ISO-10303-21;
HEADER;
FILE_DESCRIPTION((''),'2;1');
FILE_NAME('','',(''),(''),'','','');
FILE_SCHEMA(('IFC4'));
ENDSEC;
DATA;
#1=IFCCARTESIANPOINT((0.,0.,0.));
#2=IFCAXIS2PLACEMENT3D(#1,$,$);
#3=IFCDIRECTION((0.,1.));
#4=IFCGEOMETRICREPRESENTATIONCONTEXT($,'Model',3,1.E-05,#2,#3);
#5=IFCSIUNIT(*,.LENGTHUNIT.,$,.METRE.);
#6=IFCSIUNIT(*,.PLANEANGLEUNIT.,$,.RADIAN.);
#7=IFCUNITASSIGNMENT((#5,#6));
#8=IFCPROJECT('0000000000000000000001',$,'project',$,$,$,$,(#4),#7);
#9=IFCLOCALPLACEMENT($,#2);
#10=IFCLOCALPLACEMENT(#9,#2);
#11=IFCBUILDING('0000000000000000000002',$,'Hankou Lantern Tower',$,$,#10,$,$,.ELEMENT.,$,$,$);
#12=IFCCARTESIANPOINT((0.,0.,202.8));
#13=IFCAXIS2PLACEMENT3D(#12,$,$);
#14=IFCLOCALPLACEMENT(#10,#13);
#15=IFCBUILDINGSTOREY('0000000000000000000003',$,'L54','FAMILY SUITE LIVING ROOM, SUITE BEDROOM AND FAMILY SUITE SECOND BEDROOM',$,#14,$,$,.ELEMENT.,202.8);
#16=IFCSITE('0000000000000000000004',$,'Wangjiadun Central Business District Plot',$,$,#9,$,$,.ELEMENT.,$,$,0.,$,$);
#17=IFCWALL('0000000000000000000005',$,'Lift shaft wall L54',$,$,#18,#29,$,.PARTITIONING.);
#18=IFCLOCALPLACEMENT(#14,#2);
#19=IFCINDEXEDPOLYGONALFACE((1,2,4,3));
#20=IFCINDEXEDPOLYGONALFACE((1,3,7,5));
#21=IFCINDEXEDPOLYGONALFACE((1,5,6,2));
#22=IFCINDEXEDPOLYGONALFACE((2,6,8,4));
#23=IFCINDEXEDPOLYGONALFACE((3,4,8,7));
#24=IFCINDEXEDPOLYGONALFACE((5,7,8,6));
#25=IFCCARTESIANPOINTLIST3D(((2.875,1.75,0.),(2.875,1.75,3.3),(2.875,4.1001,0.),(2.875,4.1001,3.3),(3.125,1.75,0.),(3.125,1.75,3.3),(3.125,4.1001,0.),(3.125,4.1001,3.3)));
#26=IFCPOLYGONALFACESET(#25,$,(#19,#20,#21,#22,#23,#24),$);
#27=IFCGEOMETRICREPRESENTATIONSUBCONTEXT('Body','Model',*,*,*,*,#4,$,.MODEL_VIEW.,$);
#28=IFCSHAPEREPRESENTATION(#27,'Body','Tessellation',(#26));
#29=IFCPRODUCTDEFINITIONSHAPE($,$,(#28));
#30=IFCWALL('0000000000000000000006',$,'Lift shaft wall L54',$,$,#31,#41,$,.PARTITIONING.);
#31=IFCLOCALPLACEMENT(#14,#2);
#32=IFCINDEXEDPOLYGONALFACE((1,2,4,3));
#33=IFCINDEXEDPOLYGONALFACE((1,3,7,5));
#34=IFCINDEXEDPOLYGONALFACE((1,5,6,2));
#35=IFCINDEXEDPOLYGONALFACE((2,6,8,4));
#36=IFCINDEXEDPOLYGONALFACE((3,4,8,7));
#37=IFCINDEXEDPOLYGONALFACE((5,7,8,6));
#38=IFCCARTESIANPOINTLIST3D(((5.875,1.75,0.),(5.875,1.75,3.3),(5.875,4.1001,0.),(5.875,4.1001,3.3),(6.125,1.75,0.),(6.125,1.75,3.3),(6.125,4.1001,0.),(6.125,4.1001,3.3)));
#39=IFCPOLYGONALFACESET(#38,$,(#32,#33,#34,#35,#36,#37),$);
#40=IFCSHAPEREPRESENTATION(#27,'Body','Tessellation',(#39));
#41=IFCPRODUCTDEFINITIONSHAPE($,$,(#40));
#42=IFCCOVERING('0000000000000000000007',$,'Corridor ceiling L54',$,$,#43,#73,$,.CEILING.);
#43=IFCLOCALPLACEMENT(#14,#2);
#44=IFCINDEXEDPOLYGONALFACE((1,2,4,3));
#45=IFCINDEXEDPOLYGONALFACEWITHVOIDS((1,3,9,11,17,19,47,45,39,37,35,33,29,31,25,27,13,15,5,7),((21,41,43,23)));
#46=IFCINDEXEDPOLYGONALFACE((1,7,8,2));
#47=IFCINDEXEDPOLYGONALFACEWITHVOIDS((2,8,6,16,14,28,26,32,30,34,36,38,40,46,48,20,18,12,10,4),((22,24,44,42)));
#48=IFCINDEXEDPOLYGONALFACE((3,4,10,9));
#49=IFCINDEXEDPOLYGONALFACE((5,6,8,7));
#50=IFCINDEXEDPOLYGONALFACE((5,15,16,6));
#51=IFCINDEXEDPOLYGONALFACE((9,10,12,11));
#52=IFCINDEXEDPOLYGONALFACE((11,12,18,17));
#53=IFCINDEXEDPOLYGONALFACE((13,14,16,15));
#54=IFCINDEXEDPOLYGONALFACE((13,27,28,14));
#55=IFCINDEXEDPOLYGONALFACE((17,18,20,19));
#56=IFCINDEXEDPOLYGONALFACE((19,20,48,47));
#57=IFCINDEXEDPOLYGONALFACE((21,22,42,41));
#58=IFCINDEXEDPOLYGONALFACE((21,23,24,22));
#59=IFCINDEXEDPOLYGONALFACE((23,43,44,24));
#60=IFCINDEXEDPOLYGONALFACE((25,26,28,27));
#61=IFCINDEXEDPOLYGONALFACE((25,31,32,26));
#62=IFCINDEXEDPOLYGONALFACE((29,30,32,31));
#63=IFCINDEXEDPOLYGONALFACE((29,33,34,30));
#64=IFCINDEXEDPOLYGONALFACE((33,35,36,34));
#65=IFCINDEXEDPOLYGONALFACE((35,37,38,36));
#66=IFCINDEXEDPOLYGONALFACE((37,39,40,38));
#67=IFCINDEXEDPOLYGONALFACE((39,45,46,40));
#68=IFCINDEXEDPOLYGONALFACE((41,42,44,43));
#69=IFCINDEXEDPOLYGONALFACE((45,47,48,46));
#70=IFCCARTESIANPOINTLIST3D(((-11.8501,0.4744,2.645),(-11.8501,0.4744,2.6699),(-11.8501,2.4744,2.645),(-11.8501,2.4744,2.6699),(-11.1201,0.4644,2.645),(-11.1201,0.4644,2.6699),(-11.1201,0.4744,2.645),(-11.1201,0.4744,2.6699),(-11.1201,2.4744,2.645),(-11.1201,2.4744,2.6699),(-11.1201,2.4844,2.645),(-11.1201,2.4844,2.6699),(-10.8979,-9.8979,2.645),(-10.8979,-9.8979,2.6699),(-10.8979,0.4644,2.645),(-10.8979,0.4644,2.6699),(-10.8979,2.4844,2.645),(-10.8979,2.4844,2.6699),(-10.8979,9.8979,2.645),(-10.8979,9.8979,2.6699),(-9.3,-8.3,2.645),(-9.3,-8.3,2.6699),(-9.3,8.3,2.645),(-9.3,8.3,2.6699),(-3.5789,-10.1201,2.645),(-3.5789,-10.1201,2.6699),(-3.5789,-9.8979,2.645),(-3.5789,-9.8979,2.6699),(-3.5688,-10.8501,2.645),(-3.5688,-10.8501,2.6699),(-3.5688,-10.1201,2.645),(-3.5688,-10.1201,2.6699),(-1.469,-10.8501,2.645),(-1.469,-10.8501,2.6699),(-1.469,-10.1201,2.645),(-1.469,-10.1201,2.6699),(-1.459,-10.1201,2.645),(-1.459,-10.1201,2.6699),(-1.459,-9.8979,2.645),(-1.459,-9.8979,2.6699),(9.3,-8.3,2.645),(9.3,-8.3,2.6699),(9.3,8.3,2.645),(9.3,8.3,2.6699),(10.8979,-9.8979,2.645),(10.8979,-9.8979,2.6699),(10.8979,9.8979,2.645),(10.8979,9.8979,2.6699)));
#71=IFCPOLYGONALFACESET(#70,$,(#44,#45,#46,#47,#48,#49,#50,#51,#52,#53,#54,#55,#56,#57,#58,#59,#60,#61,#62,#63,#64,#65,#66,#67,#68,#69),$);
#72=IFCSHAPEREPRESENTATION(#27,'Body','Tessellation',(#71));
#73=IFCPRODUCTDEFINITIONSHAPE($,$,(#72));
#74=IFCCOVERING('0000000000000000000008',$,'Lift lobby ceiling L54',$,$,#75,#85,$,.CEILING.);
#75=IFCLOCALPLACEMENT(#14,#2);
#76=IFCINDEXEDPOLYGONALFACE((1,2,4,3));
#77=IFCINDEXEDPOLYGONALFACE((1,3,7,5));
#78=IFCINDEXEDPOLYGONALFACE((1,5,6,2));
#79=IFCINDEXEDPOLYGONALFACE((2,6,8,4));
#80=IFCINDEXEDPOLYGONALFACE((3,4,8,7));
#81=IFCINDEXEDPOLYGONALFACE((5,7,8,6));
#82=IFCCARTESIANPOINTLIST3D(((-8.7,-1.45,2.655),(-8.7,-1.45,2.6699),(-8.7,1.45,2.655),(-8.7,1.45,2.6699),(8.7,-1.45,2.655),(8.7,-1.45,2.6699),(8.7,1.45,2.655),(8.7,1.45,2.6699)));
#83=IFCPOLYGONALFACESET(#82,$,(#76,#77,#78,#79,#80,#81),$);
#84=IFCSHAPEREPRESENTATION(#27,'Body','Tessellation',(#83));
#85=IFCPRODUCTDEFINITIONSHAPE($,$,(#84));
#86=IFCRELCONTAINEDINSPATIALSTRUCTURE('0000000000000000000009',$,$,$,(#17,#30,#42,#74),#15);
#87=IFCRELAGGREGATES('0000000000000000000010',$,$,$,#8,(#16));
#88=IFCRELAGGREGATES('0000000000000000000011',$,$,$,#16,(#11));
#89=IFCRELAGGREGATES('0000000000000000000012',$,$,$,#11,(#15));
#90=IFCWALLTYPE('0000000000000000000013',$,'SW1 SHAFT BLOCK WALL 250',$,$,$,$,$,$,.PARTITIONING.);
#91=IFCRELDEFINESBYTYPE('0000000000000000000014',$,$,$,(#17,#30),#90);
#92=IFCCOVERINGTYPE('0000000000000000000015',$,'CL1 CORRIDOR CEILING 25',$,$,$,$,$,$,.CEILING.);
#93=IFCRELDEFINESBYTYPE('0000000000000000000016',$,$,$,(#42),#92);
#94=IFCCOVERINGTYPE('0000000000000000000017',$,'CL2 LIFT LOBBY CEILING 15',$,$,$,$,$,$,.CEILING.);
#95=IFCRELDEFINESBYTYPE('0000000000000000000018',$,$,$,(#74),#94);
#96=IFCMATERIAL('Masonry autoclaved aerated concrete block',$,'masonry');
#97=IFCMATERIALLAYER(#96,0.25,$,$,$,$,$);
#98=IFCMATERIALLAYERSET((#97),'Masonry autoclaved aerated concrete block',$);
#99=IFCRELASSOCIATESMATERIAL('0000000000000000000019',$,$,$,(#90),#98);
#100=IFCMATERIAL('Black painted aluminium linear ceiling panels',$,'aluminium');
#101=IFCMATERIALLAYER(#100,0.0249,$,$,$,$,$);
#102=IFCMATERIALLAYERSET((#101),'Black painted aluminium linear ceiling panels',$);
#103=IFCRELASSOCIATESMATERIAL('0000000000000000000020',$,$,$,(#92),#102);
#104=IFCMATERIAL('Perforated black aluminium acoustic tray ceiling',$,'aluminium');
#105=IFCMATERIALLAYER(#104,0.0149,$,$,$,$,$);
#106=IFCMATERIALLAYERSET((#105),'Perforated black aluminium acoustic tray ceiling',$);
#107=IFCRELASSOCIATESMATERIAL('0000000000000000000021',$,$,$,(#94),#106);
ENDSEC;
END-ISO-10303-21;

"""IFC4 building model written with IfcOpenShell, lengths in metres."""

from ifc_helpers import new_model, si_unit, direction, frame, frame_2d, origin, place, context, subcontext, project, spatial, polyline, rectangle, outline, extrude, material, layer, layer_set, type_object, element, save


model = new_model("IFC4")

# Units and contexts
model_context = context("Model", 3, precision=1e-05, world=origin(), true_north=direction((0.0, 1.0)))
body_context = subcontext(model_context, "Body", "Model", "MODEL_VIEW")
ifc_project = project(units=[si_unit("LENGTHUNIT", "METRE"), si_unit("PLANEANGLEUNIT", "RADIAN")], contexts=[model_context])

# Site, building, storey
site_placement = place(None, origin())
site = spatial("IfcSite", under=ifc_project, at=site_placement, Name="Wangjiadun Central Business District Plot", CompositionType="ELEMENT", RefElevation=0.0)
building_placement = place(site_placement, origin())
building = spatial("IfcBuilding", under=site, at=building_placement, Name="Hankou Lantern Tower", CompositionType="ELEMENT")
storey_placement = place(building_placement, frame((0.0, 0.0, 202.8)))
storey = spatial("IfcBuildingStorey", under=building, at=storey_placement, Name="L54", Description="FAMILY SUITE LIVING ROOM, SUITE BEDROOM AND FAMILY SUITE SECOND BEDROOM", CompositionType="ELEMENT", Elevation=202.8)

# Walls
ifc_material_1 = material(Name="Masonry autoclaved aerated concrete block", Category="masonry")
ifc_layer_1 = layer(ifc_material_1, 0.25)
ifc_layer_set_1 = layer_set([ifc_layer_1], Name="Masonry autoclaved aerated concrete block")
wall_type_1 = type_object("IfcWallType", Name="SW1 SHAFT BLOCK WALL 250", PredefinedType="PARTITIONING", material=ifc_layer_set_1)
for number, where, z_axis, x_axis, name in (
    (1, (3.0, 1.75, 0.0), (0.0, 0.0, 1.0), (0.0, 1.0, 0.0), "Lift shaft wall L54"),
    (2, (6.0, 1.75, 0.0), (0.0, 0.0, 1.0), (0.0, 1.0, 0.0), "Lift shaft wall L54"),
):
    element("IfcWall", number, at=place(storey_placement, frame(where, z_axis=z_axis, x_axis=x_axis)), inside=storey, type_object=wall_type_1, Name=name, PredefinedType="PARTITIONING", context=body_context, shape_type="SweptSolid", body=[
        extrude(rectangle(XDim=2.3501, YDim=0.25, at=frame_2d((1.175, 0.0))), origin(), (0.0, 0.0, 1.0), 3.3),
    ])

# Coverings
ifc_material_2 = material(Name="Black painted aluminium linear ceiling panels", Category="aluminium")
ifc_layer_2 = layer(ifc_material_2, 0.0249)
ifc_layer_set_2 = layer_set([ifc_layer_2], Name="Black painted aluminium linear ceiling panels")
covering_type_1 = type_object("IfcCoveringType", Name="CL1 CORRIDOR CEILING 25", PredefinedType="CEILING", material=ifc_layer_set_2)
covering_1_placement = place(storey_placement, frame((0.0, 0.0, 2.645)))
element("IfcCovering", 3, at=covering_1_placement, inside=storey, type_object=covering_type_1, Name="Corridor ceiling L54", PredefinedType="CEILING", context=body_context, shape_type="SweptSolid", body=[
    extrude(outline(polyline([(-3.5688, -10.8501), (-1.469, -10.8501), (-1.469, -10.1201), (-1.459, -10.1201), (-1.459, -9.8979), (10.8979, -9.8979), (10.8979, 9.8979), (-10.8979, 9.8979), (-10.8979, 2.4844), (-11.1201, 2.4844), (-11.1201, 2.4744), (-11.8501, 2.4744), (-11.8501, 0.4744), (-11.1201, 0.4744), (-11.1201, 0.4644), (-10.8979, 0.4644), (-10.8979, -9.8979), (-3.5789, -9.8979), (-3.5789, -10.1201), (-3.5688, -10.1201), (-3.5688, -10.8501)]), holes=[polyline([(-9.3, 8.3), (9.3, 8.3), (9.3, -8.3), (-9.3, -8.3), (-9.3, 8.3)])]), origin(), (0.0, 0.0, 1.0), 0.0249),
])
ifc_material_3 = material(Name="Perforated black aluminium acoustic tray ceiling", Category="aluminium")
ifc_layer_3 = layer(ifc_material_3, 0.0149)
ifc_layer_set_3 = layer_set([ifc_layer_3], Name="Perforated black aluminium acoustic tray ceiling")
covering_type_2 = type_object("IfcCoveringType", Name="CL2 LIFT LOBBY CEILING 15", PredefinedType="CEILING", material=ifc_layer_set_3)
covering_2_placement = place(storey_placement, frame((0.0, 0.0, 2.655)))
element("IfcCovering", 4, at=covering_2_placement, inside=storey, type_object=covering_type_2, Name="Lift lobby ceiling L54", PredefinedType="CEILING", context=body_context, shape_type="SweptSolid", body=[
    extrude(outline(polyline([(-8.7, -1.45), (8.7, -1.45), (8.7, 1.45), (-8.7, 1.45), (-8.7, -1.45)])), origin(), (0.0, 0.0, 1.0), 0.0149),
])

save(model, "model.ifc")
